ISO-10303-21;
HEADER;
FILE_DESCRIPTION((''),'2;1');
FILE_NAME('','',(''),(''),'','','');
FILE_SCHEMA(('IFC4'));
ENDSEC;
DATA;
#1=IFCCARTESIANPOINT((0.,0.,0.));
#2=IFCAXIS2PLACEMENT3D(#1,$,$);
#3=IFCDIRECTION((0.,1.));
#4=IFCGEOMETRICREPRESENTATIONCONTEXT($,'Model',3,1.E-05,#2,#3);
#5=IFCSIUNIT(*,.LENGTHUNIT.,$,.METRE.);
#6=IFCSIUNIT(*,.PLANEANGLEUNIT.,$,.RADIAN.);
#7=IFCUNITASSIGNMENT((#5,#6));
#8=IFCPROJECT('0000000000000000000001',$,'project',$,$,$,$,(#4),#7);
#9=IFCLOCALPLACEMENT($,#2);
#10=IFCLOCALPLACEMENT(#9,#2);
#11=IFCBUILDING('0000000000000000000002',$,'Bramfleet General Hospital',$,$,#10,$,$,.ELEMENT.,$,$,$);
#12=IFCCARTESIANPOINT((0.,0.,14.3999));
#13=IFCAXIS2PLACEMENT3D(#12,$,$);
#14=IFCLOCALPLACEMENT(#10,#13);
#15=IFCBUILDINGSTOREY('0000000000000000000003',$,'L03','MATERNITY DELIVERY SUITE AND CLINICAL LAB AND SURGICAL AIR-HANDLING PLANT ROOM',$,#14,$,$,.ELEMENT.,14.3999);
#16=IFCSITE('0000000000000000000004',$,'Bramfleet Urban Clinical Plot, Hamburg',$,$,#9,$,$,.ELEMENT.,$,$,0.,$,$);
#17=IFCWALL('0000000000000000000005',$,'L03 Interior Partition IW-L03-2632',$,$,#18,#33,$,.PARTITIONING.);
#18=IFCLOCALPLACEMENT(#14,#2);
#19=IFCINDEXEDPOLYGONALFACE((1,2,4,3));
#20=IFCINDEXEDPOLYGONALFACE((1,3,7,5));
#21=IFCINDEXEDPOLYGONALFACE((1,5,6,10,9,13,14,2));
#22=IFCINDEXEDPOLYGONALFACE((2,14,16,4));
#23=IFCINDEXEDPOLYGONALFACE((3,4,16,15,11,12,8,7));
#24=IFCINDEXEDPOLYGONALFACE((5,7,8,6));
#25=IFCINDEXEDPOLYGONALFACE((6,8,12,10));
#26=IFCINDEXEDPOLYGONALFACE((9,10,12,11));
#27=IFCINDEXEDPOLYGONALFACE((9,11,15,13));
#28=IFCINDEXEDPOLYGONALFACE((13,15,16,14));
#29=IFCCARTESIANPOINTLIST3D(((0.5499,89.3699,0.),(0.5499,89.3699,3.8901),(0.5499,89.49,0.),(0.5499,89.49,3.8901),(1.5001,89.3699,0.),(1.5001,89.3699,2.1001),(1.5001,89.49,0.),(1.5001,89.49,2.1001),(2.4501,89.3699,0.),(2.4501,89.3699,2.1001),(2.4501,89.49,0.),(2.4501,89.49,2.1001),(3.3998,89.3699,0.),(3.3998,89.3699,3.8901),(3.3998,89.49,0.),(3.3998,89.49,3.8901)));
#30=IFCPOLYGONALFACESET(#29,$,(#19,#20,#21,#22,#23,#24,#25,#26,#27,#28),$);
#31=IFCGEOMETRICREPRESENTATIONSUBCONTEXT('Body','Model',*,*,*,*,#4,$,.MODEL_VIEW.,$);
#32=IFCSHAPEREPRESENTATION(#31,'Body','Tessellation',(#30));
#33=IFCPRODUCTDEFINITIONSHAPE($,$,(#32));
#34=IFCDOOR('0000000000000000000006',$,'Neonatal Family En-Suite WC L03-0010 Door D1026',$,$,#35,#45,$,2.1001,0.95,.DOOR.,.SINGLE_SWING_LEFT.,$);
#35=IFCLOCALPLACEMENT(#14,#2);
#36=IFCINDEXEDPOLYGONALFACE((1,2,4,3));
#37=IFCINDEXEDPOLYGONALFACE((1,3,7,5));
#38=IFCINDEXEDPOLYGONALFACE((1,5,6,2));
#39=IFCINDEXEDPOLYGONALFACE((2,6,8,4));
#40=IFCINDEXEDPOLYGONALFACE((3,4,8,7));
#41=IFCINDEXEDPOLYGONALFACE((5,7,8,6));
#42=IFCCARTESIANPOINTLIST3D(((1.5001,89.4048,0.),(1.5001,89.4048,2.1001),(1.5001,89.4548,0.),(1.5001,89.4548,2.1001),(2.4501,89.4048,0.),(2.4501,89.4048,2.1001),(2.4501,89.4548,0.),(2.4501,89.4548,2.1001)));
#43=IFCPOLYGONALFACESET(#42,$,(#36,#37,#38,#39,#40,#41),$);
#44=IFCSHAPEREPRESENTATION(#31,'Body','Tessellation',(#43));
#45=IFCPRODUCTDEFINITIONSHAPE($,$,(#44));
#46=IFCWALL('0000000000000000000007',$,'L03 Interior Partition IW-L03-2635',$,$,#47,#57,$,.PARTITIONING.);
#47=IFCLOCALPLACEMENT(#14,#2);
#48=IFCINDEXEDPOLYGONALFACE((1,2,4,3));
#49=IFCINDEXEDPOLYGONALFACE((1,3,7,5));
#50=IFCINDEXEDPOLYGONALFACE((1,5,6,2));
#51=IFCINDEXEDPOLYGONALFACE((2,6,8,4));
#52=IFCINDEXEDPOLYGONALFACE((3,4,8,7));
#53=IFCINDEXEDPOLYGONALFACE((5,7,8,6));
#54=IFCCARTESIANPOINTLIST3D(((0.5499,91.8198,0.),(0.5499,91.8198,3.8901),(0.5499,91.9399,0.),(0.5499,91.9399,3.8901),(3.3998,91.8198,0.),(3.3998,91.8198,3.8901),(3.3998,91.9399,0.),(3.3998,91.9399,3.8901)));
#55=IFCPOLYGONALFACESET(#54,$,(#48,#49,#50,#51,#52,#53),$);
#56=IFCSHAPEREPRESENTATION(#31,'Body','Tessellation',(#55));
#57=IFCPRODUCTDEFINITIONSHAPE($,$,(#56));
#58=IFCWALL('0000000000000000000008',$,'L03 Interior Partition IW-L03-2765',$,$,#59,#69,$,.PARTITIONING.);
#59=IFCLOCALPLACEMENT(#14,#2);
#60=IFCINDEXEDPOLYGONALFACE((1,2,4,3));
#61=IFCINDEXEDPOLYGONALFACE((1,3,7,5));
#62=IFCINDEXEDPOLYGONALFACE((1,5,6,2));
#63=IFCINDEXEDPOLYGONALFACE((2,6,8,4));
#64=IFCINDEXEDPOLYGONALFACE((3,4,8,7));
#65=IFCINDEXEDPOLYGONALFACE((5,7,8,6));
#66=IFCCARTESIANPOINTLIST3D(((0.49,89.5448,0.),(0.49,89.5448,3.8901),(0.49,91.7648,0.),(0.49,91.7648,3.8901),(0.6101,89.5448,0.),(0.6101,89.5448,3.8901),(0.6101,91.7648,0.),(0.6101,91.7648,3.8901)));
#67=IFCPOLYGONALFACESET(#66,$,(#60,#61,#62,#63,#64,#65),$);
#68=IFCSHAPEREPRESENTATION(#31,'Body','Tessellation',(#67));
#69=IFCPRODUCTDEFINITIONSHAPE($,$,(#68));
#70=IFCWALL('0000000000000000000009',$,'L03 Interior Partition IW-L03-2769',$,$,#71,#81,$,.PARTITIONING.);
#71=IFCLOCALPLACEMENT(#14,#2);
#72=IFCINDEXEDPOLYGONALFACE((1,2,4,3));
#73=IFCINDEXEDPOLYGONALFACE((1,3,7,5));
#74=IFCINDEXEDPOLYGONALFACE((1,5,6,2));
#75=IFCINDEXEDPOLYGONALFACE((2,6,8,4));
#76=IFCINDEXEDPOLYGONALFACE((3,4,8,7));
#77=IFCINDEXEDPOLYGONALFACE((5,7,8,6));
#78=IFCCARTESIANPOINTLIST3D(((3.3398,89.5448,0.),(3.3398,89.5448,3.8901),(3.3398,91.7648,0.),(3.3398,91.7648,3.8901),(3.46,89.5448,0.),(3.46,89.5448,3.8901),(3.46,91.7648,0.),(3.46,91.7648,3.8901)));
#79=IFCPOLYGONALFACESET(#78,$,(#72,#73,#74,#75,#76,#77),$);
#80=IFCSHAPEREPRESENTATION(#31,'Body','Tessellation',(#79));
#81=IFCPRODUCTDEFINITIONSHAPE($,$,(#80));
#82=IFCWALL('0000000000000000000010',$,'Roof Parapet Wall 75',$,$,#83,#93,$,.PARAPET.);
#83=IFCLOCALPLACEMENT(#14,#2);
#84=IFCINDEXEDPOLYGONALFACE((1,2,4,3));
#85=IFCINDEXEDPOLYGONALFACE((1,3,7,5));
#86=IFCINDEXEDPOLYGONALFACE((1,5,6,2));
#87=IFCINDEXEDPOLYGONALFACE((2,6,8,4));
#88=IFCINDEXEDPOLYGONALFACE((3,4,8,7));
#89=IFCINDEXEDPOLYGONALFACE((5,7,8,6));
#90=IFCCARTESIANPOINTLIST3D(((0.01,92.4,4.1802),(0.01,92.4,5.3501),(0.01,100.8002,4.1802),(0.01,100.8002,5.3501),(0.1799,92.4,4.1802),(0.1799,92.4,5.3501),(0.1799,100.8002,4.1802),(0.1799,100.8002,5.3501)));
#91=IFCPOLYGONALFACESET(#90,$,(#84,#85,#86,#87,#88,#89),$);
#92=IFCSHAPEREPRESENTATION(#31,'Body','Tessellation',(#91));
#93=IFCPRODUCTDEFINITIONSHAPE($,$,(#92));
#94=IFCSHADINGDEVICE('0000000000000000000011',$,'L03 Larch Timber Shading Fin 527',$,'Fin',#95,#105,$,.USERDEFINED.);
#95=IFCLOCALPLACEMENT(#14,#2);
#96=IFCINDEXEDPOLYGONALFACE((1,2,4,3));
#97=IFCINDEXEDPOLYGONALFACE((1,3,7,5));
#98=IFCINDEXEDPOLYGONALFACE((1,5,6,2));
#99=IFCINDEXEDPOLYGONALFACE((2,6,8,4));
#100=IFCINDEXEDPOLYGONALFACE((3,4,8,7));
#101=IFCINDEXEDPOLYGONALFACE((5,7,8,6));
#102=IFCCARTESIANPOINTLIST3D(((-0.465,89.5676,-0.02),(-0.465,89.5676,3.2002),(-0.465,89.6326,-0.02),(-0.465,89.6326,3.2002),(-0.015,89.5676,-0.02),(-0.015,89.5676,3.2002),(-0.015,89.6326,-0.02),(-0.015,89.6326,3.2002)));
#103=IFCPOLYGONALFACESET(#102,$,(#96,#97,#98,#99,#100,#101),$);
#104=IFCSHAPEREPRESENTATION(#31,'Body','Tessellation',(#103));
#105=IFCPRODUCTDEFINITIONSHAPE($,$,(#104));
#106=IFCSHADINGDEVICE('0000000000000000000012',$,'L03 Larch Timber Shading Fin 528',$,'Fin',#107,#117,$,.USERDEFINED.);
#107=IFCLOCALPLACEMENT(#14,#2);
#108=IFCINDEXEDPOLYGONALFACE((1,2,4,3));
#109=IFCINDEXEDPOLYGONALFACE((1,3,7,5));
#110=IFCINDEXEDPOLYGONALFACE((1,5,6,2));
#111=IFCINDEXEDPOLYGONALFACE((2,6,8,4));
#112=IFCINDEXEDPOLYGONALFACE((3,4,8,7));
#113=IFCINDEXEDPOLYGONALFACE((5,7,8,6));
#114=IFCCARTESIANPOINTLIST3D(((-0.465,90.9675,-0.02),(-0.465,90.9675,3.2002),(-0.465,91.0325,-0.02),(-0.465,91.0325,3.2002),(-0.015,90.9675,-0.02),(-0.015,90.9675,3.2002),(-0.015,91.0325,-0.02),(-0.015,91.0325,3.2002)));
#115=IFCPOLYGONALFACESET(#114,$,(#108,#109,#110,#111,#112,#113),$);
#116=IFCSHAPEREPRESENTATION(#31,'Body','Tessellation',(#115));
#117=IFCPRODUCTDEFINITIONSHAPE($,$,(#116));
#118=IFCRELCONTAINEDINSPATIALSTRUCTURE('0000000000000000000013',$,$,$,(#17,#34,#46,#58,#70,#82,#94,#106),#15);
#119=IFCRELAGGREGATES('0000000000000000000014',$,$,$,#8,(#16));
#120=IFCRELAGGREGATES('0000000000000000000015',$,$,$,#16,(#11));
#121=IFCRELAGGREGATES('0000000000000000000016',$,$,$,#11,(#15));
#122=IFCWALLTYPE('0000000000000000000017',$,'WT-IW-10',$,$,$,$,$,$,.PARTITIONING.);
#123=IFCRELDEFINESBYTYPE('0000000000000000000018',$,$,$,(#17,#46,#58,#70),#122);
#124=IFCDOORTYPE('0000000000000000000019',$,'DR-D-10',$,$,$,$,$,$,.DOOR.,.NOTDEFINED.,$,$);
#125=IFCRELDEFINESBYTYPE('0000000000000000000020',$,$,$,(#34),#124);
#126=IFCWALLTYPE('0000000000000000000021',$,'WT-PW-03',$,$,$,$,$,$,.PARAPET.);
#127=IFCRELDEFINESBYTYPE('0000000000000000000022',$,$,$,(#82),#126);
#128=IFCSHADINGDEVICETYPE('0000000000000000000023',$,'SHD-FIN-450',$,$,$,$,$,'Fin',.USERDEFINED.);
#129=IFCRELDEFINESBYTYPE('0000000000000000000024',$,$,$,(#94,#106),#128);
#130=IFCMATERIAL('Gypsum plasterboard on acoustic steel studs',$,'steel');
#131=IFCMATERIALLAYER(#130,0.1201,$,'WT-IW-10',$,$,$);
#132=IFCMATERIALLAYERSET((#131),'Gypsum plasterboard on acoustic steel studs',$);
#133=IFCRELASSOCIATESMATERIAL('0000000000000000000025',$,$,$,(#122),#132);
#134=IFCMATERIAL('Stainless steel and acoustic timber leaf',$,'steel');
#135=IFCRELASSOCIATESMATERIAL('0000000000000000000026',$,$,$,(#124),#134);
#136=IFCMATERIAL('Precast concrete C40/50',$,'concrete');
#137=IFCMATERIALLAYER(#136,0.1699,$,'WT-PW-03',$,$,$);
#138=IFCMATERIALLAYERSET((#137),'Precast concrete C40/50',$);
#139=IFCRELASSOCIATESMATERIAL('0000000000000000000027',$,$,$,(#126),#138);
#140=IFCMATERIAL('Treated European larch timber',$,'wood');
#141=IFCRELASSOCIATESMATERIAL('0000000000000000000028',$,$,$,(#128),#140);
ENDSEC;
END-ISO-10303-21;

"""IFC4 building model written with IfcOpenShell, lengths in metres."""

from ifc_helpers import new_model, si_unit, direction, frame, frame_2d, origin, origin_2d, place, context, subcontext, project, spatial, rectangle, extrude, material, layer, layer_set, material_profile, profile_set, type_object, element, fill, save


model = new_model("IFC4")

# Units and contexts
model_context = context("Model", 3, precision=1e-05, world=origin(), true_north=direction((0.0, 1.0)))
body_context = subcontext(model_context, "Body", "Model", "MODEL_VIEW")
ifc_project = project(units=[si_unit("LENGTHUNIT", "METRE"), si_unit("PLANEANGLEUNIT", "RADIAN")], contexts=[model_context])

# Site, building, storey
site_placement = place(None, origin())
site = spatial("IfcSite", under=ifc_project, at=site_placement, Name="Bramfleet Urban Clinical Plot, Hamburg", CompositionType="ELEMENT", RefElevation=0.0)
building_placement = place(site_placement, origin())
building = spatial("IfcBuilding", under=site, at=building_placement, Name="Bramfleet General Hospital", CompositionType="ELEMENT")
storey_placement = place(building_placement, frame((0.0, 0.0, 14.3999)))
storey = spatial("IfcBuildingStorey", under=building, at=storey_placement, Name="L03", Description="MATERNITY DELIVERY SUITE AND CLINICAL LAB AND SURGICAL AIR-HANDLING PLANT ROOM", CompositionType="ELEMENT", Elevation=14.3999)

# Wall, opening, door
ifc_material_1 = material(Name="Gypsum plasterboard on acoustic steel studs", Category="steel")
ifc_material_2 = material(Name="Stainless steel and acoustic timber leaf", Category="steel")
ifc_layer_1 = layer(ifc_material_1, 0.1201, Name="WT-IW-10")
ifc_layer_set_1 = layer_set([ifc_layer_1], Name="Gypsum plasterboard on acoustic steel studs")
wall_type_1 = type_object("IfcWallType", Name="WT-IW-10", PredefinedType="PARTITIONING", material=ifc_layer_set_1)
wall_1_placement = place(storey_placement, frame((0.55, 89.4299, 0.0), z_axis=(0.0, 0.0, 1.0), x_axis=(1.0, 0.0, 0.0)))
wall_1 = element("IfcWall", 1, at=wall_1_placement, inside=storey, type_object=wall_type_1, Name="L03 Interior Partition IW-L03-2632", PredefinedType="PARTITIONING", context=body_context, shape_type="SweptSolid", body=[
    extrude(rectangle(XDim=2.8499, YDim=0.1201, at=frame_2d((1.4248, 0.0))), origin(), (0.0, 0.0, 1.0), 3.8901),
])
opening_1_placement = place(wall_1_placement, frame((0.95, 0.0, 0.0)))
opening_1 = element("IfcOpeningElement", 2, at=opening_1_placement, cuts=wall_1, PredefinedType="OPENING", context=body_context, shape_type="SweptSolid", body=[
    extrude(rectangle(XDim=0.95, YDim=2.1001, at=frame_2d((0.4751, 1.05))), frame((0.0, 0.0701, 0.0), z_axis=(0.0, -1.0, 0.0), x_axis=(1.0, 0.0, 0.0)), (0.0, 0.0, 1.0), 0.1401),
])
door_type_1 = type_object("IfcDoorType", Name="DR-D-10", OperationType="NOTDEFINED", PredefinedType="DOOR", material=ifc_material_2)
door_1_placement = place(opening_1_placement, origin())
door_1 = element("IfcDoor", 3, at=door_1_placement, inside=storey, type_object=door_type_1, Name="Neonatal Family En-Suite WC L03-0010 Door D1026", OperationType="SINGLE_SWING_LEFT", OverallHeight=2.1001, OverallWidth=0.95, PredefinedType="DOOR", context=body_context, shape_type="SweptSolid", body=[
    extrude(rectangle(XDim=0.95, YDim=2.1001, at=frame_2d((0.4751, 1.05))), frame((0.0, 0.0249, 0.0), z_axis=(0.0, -1.0, 0.0), x_axis=(1.0, 0.0, 0.0)), (0.0, 0.0, 1.0), 0.05),
])
fill(opening_1, door_1)

# Walls
wall_2_placement = place(storey_placement, frame((0.55, 91.8799, 0.0), z_axis=(0.0, 0.0, 1.0), x_axis=(1.0, 0.0, 0.0)))
element("IfcWall", 4, at=wall_2_placement, inside=storey, type_object=wall_type_1, Name="L03 Interior Partition IW-L03-2635", PredefinedType="PARTITIONING", context=body_context, shape_type="SweptSolid", body=[
    extrude(rectangle(XDim=2.8499, YDim=0.1201, at=frame_2d((1.4248, 0.0))), origin(), (0.0, 0.0, 1.0), 3.8901),
])
for number, where, z_axis, x_axis, name in (
    (5, (0.55, 89.5449, 0.0), (0.0, 0.0, 1.0), (0.0, 1.0, 0.0), "L03 Interior Partition IW-L03-2765"),
    (6, (3.3999, 89.5449, 0.0), (0.0, 0.0, 1.0), (0.0, 1.0, 0.0), "L03 Interior Partition IW-L03-2769"),
):
    element("IfcWall", number, at=place(storey_placement, frame(where, z_axis=z_axis, x_axis=x_axis)), inside=storey, type_object=wall_type_1, Name=name, PredefinedType="PARTITIONING", context=body_context, shape_type="SweptSolid", body=[
        extrude(rectangle(XDim=2.22, YDim=0.1201, at=frame_2d((1.1099, 0.0))), origin(), (0.0, 0.0, 1.0), 3.8901),
    ])
ifc_material_3 = material(Name="Precast concrete C40/50", Category="concrete")
ifc_layer_2 = layer(ifc_material_3, 0.1699, Name="WT-PW-03")
ifc_layer_set_2 = layer_set([ifc_layer_2], Name="Precast concrete C40/50")
wall_type_2 = type_object("IfcWallType", Name="WT-PW-03", PredefinedType="PARAPET", material=ifc_layer_set_2)
wall_3_placement = place(storey_placement, frame((0.095, 92.3999, 4.1802), z_axis=(0.0, 0.0, 1.0), x_axis=(0.0, 1.0, 0.0)))
element("IfcWall", 7, at=wall_3_placement, inside=storey, type_object=wall_type_2, Name="Roof Parapet Wall 75", PredefinedType="PARAPET", context=body_context, shape_type="SweptSolid", body=[
    extrude(rectangle(XDim=8.4001, YDim=0.1699, at=frame_2d((4.2002, 0.0))), origin(), (0.0, 0.0, 1.0), 1.1699),
])

# Shading devices
ifc_material_4 = material(Name="Treated European larch timber", Category="wood")
ifc_material_profile_1 = material_profile(ifc_material_4, rectangle(XDim=0.0649, YDim=0.45, at=origin_2d()), Name="LARCH FIN 450x65")
ifc_profile_set_1 = profile_set([ifc_material_profile_1], Name="Treated European larch timber")
shading_device_type = type_object("IfcShadingDeviceType", Name="SHD-FIN-450", ElementType="Fin", PredefinedType="USERDEFINED", material=ifc_profile_set_1)
for number, where, z_axis, x_axis, name in (
    (8, (-0.24, 89.6001, -0.02), (0.0, 0.0, 1.0), (0.0, 1.0, 0.0), "L03 Larch Timber Shading Fin 527"),
    (9, (-0.24, 91.0, -0.02), (0.0, 0.0, 1.0), (0.0, 1.0, 0.0), "L03 Larch Timber Shading Fin 528"),
):
    element("IfcShadingDevice", number, at=place(storey_placement, frame(where, z_axis=z_axis, x_axis=x_axis)), inside=storey, type_object=shading_device_type, Name=name, ObjectType="Fin", PredefinedType="USERDEFINED", context=body_context, shape_type="SweptSolid", body=[
        extrude(rectangle(XDim=0.0649, YDim=0.45, at=origin_2d()), origin(), (0.0, 0.0, 1.0), 3.2202),
    ])

save(model, "model.ifc")
